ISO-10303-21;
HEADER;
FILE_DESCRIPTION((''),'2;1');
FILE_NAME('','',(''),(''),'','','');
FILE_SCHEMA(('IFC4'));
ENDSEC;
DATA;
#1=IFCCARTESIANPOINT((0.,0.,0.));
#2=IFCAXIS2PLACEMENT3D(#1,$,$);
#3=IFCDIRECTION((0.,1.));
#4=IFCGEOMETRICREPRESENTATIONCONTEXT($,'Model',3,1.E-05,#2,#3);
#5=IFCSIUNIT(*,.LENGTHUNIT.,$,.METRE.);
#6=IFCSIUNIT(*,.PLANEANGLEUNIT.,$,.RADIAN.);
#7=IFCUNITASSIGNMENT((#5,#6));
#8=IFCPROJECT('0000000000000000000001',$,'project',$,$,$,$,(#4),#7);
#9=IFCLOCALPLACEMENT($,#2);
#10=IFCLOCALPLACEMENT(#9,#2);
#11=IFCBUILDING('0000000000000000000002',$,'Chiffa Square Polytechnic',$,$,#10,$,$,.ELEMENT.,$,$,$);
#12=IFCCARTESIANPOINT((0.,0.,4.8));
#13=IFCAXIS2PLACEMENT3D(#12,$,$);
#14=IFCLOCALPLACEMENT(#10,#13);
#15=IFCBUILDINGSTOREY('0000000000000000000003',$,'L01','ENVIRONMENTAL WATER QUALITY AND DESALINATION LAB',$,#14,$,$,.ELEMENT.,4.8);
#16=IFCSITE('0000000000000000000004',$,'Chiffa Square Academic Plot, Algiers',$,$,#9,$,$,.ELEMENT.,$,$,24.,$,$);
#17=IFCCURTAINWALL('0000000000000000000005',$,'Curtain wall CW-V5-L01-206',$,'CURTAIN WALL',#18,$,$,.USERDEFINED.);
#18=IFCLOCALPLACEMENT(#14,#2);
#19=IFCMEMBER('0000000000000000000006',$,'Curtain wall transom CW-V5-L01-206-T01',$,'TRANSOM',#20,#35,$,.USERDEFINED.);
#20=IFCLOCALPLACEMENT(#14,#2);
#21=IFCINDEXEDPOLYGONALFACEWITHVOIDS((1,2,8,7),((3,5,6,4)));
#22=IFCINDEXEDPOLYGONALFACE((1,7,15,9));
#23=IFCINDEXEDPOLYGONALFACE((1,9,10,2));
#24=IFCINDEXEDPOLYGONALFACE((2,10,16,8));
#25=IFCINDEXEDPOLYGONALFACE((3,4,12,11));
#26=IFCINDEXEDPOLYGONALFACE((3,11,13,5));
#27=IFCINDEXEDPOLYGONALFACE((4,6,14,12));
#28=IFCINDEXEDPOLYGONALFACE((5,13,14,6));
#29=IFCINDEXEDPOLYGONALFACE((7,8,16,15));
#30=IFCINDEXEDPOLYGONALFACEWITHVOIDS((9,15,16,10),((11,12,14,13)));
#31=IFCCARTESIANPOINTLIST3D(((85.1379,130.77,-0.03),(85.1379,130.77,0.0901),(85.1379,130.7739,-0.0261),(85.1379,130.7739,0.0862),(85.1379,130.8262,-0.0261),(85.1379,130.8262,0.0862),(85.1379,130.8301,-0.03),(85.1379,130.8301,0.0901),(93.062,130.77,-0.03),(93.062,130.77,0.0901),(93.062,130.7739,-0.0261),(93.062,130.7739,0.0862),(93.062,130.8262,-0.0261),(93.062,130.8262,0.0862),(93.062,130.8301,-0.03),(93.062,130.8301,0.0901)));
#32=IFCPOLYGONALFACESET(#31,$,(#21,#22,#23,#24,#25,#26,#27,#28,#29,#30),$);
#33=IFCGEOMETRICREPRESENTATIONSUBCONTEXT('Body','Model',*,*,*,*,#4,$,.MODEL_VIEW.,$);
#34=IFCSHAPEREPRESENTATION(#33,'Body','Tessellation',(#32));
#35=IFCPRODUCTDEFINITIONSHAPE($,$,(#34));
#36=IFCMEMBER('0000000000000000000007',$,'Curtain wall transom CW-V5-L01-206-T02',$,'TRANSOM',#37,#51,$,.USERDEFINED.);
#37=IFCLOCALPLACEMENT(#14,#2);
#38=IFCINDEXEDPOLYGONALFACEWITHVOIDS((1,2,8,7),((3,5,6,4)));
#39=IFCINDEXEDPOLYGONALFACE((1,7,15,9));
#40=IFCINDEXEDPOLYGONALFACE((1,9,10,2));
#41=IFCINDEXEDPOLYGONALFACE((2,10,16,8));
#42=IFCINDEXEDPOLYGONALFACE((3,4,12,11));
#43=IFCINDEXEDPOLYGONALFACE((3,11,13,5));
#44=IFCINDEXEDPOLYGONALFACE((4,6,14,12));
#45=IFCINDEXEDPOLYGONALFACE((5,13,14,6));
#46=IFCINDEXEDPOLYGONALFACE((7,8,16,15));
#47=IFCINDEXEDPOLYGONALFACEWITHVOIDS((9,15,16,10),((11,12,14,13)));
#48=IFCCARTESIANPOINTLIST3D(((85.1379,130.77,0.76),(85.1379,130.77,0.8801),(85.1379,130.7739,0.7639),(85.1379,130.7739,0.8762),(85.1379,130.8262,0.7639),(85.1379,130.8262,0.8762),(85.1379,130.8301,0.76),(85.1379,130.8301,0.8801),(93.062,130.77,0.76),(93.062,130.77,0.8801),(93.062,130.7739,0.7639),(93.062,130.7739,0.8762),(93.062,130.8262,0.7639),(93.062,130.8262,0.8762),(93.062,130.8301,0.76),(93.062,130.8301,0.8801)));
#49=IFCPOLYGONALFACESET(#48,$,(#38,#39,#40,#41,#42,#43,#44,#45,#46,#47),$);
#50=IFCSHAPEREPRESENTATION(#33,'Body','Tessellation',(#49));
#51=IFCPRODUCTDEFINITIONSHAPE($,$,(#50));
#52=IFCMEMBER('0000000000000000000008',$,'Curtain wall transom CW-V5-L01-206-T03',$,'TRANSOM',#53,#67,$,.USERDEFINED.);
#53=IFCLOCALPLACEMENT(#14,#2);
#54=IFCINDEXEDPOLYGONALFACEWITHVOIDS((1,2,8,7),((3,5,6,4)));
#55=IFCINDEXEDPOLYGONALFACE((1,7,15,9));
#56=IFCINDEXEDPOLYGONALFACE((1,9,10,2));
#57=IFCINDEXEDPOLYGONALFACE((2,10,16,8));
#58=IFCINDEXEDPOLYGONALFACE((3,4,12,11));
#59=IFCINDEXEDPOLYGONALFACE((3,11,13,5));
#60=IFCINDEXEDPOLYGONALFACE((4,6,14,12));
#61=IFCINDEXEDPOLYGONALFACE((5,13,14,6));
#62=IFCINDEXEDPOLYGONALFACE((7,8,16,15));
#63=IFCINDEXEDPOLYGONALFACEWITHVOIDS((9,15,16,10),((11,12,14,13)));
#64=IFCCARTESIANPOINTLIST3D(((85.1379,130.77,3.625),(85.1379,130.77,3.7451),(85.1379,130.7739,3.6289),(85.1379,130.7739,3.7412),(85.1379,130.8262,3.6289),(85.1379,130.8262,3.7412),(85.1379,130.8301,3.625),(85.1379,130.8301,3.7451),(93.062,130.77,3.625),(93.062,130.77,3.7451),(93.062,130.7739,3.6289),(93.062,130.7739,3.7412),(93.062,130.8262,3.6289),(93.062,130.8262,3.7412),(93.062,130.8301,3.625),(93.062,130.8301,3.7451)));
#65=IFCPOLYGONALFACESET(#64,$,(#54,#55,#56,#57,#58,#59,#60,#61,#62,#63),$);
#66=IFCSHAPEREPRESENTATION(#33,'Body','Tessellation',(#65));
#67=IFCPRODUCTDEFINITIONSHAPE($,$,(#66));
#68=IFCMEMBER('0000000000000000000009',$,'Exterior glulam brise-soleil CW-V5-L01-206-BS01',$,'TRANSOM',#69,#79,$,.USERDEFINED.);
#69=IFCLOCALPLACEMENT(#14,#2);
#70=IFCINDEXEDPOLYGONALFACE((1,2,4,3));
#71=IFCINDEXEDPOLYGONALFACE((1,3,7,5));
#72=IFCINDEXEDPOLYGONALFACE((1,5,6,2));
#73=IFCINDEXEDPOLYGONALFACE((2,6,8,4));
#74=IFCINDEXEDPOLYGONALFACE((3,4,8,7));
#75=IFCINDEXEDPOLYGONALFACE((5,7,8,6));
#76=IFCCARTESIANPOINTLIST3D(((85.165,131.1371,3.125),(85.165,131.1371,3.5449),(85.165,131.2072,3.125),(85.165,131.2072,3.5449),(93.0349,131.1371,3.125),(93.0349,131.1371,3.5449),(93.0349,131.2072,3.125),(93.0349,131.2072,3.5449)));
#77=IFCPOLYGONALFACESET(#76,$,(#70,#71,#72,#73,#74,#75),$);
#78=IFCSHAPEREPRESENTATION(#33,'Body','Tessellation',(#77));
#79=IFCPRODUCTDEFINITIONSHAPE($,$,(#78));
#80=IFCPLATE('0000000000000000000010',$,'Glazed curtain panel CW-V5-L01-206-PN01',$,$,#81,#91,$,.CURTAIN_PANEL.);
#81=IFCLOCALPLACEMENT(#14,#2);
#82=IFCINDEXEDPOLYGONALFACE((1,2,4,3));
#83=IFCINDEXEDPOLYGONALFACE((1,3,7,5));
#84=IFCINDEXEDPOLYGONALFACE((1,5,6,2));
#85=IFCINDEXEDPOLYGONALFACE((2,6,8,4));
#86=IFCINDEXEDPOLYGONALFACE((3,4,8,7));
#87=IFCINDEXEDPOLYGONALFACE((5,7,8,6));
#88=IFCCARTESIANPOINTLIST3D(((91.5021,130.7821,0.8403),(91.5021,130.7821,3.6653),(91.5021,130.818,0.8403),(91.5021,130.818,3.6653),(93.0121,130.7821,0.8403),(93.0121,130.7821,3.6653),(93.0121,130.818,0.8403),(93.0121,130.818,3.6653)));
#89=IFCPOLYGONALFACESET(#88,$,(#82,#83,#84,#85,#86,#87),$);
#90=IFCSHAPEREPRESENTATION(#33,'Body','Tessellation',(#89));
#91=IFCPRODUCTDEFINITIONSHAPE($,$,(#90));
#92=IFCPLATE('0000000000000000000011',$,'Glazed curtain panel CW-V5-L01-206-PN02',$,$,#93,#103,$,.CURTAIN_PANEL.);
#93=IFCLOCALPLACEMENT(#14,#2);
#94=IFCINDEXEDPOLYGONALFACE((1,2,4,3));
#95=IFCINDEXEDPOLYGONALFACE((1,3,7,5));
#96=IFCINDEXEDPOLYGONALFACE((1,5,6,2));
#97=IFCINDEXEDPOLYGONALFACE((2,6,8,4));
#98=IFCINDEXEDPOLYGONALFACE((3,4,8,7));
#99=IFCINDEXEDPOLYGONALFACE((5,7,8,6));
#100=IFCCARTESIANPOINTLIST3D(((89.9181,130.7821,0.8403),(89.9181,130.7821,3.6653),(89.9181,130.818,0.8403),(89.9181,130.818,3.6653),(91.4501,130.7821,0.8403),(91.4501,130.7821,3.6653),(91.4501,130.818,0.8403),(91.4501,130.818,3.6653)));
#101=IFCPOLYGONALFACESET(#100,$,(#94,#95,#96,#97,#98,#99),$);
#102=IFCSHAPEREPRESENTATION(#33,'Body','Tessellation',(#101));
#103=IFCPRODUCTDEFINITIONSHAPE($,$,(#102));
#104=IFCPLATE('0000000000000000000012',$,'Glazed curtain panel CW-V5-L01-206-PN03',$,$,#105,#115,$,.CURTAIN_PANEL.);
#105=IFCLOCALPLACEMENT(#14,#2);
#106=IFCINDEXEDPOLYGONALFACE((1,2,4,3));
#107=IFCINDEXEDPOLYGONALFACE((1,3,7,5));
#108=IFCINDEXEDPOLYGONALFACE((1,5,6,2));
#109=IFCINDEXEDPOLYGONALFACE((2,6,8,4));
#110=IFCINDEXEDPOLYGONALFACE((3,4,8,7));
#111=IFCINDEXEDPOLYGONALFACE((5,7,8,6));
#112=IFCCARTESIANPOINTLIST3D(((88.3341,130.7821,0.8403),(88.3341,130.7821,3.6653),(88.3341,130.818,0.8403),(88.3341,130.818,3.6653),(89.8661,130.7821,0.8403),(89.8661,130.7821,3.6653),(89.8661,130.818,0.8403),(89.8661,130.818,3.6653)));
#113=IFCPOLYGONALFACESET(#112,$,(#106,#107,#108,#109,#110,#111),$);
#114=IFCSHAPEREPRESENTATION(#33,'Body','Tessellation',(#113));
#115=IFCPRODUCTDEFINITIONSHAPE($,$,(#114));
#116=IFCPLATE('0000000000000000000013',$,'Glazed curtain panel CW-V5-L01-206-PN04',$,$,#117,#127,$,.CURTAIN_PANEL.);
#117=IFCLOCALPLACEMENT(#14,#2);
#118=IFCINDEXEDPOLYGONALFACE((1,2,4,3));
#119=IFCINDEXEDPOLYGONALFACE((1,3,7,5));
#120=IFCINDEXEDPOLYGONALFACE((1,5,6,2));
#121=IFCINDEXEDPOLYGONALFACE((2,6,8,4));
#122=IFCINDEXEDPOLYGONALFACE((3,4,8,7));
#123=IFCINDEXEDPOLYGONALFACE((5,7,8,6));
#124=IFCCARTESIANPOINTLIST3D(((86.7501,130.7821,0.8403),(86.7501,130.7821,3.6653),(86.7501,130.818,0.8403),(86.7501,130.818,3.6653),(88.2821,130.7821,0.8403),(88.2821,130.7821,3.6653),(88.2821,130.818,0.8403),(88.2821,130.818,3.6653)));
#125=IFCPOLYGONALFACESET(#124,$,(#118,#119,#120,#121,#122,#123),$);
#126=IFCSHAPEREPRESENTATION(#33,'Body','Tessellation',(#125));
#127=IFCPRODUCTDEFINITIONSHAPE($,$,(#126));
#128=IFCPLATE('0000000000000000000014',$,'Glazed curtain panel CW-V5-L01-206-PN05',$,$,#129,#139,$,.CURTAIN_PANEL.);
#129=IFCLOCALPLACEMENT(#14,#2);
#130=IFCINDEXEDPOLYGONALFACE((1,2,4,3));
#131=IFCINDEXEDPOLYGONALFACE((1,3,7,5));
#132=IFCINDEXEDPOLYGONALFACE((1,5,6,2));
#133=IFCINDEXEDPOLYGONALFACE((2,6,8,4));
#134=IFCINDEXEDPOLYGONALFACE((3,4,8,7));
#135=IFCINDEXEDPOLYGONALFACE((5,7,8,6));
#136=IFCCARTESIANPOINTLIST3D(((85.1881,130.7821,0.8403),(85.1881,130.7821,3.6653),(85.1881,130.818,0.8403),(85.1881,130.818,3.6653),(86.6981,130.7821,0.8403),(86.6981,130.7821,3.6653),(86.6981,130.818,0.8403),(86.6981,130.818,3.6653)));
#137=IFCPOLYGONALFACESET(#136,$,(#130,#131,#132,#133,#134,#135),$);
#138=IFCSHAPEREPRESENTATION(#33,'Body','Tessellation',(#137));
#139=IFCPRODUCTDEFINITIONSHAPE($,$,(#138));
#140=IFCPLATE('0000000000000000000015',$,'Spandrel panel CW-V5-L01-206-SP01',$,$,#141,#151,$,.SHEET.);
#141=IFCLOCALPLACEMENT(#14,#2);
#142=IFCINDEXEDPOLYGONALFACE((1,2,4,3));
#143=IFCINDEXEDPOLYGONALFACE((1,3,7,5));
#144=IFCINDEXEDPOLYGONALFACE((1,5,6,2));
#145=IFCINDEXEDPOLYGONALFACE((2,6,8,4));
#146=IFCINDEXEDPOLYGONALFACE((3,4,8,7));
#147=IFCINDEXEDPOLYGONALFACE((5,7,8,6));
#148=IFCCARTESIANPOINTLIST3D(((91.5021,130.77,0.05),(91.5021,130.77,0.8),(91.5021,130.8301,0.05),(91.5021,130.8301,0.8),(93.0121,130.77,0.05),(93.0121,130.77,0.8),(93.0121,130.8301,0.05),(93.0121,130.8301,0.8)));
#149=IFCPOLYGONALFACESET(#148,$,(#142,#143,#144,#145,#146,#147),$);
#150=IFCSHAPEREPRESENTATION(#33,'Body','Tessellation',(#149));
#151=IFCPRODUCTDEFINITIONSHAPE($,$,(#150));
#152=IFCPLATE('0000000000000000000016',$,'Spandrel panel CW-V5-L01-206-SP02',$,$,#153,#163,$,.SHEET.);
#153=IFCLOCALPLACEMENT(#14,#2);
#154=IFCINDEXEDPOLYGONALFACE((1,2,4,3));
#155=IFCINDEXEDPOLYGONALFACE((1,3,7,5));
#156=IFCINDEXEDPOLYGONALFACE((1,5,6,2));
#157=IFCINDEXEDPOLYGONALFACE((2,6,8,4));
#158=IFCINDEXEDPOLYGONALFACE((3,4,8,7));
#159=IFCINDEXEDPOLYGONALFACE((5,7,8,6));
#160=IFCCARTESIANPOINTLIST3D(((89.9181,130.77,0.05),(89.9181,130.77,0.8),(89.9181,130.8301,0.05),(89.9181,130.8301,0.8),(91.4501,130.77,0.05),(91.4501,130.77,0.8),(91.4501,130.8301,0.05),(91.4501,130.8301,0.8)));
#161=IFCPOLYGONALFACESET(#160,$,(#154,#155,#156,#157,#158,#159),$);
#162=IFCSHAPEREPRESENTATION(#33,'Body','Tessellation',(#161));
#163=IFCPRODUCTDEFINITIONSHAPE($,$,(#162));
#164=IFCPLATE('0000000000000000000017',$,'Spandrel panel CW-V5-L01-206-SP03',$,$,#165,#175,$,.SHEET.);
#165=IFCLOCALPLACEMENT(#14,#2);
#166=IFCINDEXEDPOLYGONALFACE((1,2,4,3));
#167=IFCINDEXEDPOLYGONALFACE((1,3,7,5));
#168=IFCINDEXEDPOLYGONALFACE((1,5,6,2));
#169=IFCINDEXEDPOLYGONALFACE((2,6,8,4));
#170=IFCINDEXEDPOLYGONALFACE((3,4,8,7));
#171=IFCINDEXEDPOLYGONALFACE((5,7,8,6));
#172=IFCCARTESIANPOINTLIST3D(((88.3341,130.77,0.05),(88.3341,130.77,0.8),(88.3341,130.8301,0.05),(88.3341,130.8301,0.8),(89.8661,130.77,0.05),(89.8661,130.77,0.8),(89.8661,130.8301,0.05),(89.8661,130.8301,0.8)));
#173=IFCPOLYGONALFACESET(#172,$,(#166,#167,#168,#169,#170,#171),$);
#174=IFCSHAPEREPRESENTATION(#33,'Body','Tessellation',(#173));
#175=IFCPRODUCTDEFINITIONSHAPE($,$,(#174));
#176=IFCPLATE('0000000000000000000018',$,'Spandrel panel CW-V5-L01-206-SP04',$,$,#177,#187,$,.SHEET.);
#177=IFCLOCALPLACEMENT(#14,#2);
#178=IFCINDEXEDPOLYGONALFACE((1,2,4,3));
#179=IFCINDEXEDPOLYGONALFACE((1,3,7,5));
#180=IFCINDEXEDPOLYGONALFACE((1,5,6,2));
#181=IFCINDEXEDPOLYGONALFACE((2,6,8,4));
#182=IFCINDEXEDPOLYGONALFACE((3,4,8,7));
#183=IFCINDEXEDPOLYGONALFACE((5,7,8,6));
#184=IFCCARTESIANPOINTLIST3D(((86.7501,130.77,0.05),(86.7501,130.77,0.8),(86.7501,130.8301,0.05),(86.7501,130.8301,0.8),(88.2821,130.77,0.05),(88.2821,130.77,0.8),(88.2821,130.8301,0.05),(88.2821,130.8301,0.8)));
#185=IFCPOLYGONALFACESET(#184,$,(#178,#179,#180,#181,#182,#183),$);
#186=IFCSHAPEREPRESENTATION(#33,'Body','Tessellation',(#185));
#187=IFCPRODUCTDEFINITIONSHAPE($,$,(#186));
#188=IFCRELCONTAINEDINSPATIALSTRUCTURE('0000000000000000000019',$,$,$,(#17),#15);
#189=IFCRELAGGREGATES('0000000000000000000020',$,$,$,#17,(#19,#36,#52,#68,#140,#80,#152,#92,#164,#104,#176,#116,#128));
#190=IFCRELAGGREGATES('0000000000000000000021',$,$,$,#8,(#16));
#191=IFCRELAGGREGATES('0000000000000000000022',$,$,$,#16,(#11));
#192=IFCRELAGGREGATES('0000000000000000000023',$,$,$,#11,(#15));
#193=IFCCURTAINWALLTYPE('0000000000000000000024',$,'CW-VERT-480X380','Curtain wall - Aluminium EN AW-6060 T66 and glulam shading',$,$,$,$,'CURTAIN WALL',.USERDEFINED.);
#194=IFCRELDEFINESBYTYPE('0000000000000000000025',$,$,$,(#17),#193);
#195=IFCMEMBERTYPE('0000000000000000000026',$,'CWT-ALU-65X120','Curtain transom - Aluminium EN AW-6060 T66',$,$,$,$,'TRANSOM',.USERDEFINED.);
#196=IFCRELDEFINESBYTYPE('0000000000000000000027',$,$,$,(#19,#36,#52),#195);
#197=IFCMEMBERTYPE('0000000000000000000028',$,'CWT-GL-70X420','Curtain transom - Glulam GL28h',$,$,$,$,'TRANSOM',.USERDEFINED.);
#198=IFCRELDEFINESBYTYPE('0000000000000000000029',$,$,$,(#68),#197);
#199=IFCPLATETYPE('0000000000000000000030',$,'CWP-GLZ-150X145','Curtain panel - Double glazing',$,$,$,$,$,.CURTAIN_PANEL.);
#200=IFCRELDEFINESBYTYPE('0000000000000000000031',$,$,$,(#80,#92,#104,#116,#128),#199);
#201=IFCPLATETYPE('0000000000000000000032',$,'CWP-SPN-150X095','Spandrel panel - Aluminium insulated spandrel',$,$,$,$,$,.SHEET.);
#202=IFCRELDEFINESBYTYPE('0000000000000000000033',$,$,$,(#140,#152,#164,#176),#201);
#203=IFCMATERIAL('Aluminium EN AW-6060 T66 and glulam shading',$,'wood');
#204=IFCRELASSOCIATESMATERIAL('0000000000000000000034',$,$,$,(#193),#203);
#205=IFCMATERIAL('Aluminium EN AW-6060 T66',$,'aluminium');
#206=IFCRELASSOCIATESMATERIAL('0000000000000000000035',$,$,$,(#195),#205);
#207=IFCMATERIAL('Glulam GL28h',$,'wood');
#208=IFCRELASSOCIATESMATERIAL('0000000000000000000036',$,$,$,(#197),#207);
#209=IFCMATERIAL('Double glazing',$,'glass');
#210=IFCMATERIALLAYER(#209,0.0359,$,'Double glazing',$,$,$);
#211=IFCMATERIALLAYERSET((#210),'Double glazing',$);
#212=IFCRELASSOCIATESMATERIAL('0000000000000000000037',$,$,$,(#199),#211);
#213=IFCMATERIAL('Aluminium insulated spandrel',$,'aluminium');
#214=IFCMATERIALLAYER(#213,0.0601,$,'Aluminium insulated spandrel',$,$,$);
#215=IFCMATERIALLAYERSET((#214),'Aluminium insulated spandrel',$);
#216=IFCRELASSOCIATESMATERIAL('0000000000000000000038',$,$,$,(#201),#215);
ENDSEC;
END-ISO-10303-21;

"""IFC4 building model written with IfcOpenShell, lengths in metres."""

from ifc_helpers import new_model, si_unit, direction, frame, origin, origin_2d, place, context, subcontext, project, spatial, rectangle, hollow_rectangle, extrude, material, layer, layer_set, material_profile, profile_set, type_object, element, aggregate, save


model = new_model("IFC4")

# Units and contexts
model_context = context("Model", 3, precision=1e-05, world=origin(), true_north=direction((0.0, 1.0)))
body_context = subcontext(model_context, "Body", "Model", "MODEL_VIEW")
ifc_project = project(units=[si_unit("LENGTHUNIT", "METRE"), si_unit("PLANEANGLEUNIT", "RADIAN")], contexts=[model_context])

# Site, building, storey
site_placement = place(None, origin())
site = spatial("IfcSite", under=ifc_project, at=site_placement, Name="Chiffa Square Academic Plot, Algiers", CompositionType="ELEMENT", RefElevation=24.0)
building_placement = place(site_placement, origin())
building = spatial("IfcBuilding", under=site, at=building_placement, Name="Chiffa Square Polytechnic", CompositionType="ELEMENT")
storey_placement = place(building_placement, frame((0.0, 0.0, 4.8)))
storey = spatial("IfcBuildingStorey", under=building, at=storey_placement, Name="L01", Description="ENVIRONMENTAL WATER QUALITY AND DESALINATION LAB", CompositionType="ELEMENT", Elevation=4.8)

# Curtain wall, members, plates
ifc_material_1 = material(Name="Aluminium EN AW-6060 T66 and glulam shading", Category="wood")
curtain_wall_type = type_object("IfcCurtainWallType", Name="CW-VERT-480X380", Description="Curtain wall - Aluminium EN AW-6060 T66 and glulam shading", ElementType="CURTAIN WALL", PredefinedType="USERDEFINED", material=ifc_material_1)
curtain_wall_placement = place(storey_placement, origin())
curtain_wall = element("IfcCurtainWall", 1, at=curtain_wall_placement, inside=storey, type_object=curtain_wall_type, Name="Curtain wall CW-V5-L01-206", ObjectType="CURTAIN WALL", PredefinedType="USERDEFINED")
ifc_material_2 = material(Name="Aluminium EN AW-6060 T66", Category="aluminium")
ifc_material_3 = material(Name="Glulam GL28h", Category="wood")
ifc_material_profile_1 = material_profile(ifc_material_2, hollow_rectangle(XDim=0.0601, YDim=0.1201, WallThickness=0.0039, at=origin_2d()), Name="ALU 60x120x4")
ifc_profile_set_1 = profile_set([ifc_material_profile_1], Name="Aluminium EN AW-6060 T66")
member_type_1 = type_object("IfcMemberType", Name="CWT-ALU-65X120", Description="Curtain transom - Aluminium EN AW-6060 T66", ElementType="TRANSOM", PredefinedType="USERDEFINED", material=ifc_profile_set_1)
member_1_placement = place(storey_placement, frame((93.062, 130.8, 0.03), z_axis=(-1.0, 0.0, 0.0), x_axis=(0.0, -1.0, 0.0)))
member_1 = element("IfcMember", 2, at=member_1_placement, type_object=member_type_1, Name="Curtain wall transom CW-V5-L01-206-T01", ObjectType="TRANSOM", PredefinedType="USERDEFINED", context=body_context, shape_type="SweptSolid", body=[
    extrude(hollow_rectangle(XDim=0.0601, YDim=0.1201, WallThickness=0.0039, at=origin_2d()), origin(), (0.0, 0.0, 1.0), 7.9241),
])
member_2_placement = place(storey_placement, frame((93.062, 130.8, 0.8201), z_axis=(-1.0, 0.0, 0.0), x_axis=(0.0, -1.0, 0.0)))
member_2 = element("IfcMember", 3, at=member_2_placement, type_object=member_type_1, Name="Curtain wall transom CW-V5-L01-206-T02", ObjectType="TRANSOM", PredefinedType="USERDEFINED", context=body_context, shape_type="SweptSolid", body=[
    extrude(hollow_rectangle(XDim=0.0601, YDim=0.1201, WallThickness=0.0039, at=origin_2d()), origin(), (0.0, 0.0, 1.0), 7.9241),
])
member_3_placement = place(storey_placement, frame((93.062, 130.8, 3.6851), z_axis=(-1.0, 0.0, 0.0), x_axis=(0.0, -1.0, 0.0)))
member_3 = element("IfcMember", 4, at=member_3_placement, type_object=member_type_1, Name="Curtain wall transom CW-V5-L01-206-T03", ObjectType="TRANSOM", PredefinedType="USERDEFINED", context=body_context, shape_type="SweptSolid", body=[
    extrude(hollow_rectangle(XDim=0.0601, YDim=0.1201, WallThickness=0.0039, at=origin_2d()), origin(), (0.0, 0.0, 1.0), 7.9241),
])
ifc_material_profile_2 = material_profile(ifc_material_3, rectangle(XDim=0.0701, YDim=0.4199, at=origin_2d()), Name="GL28h 70x420")
ifc_profile_set_2 = profile_set([ifc_material_profile_2], Name="Glulam GL28h")
member_type_2 = type_object("IfcMemberType", Name="CWT-GL-70X420", Description="Curtain transom - Glulam GL28h", ElementType="TRANSOM", PredefinedType="USERDEFINED", material=ifc_profile_set_2)
member_4_placement = place(storey_placement, frame((93.0349, 131.1721, 3.335), z_axis=(-1.0, 0.0, 0.0), x_axis=(0.0, -1.0, 0.0)))
member_4 = element("IfcMember", 5, at=member_4_placement, type_object=member_type_2, Name="Exterior glulam brise-soleil CW-V5-L01-206-BS01", ObjectType="TRANSOM", PredefinedType="USERDEFINED", context=body_context, shape_type="SweptSolid", body=[
    extrude(rectangle(XDim=0.0701, YDim=0.4199, at=origin_2d()), origin(), (0.0, 0.0, 1.0), 7.8699),
])
ifc_material_4 = material(Name="Double glazing", Category="glass")
ifc_layer_1 = layer(ifc_material_4, 0.0359, Name="Double glazing")
ifc_layer_set_1 = layer_set([ifc_layer_1], Name="Double glazing")
plate_type_1 = type_object("IfcPlateType", Name="CWP-GLZ-150X145", Description="Curtain panel - Double glazing", PredefinedType="CURTAIN_PANEL", material=ifc_layer_set_1)
plate_1_placement = place(storey_placement, frame((92.2571, 130.8, 0.8403), z_axis=(0.0, 0.0, 1.0), x_axis=(-1.0, 0.0, 0.0)))
plate_1 = element("IfcPlate", 6, at=plate_1_placement, type_object=plate_type_1, Name="Glazed curtain panel CW-V5-L01-206-PN01", PredefinedType="CURTAIN_PANEL", context=body_context, shape_type="SweptSolid", body=[
    extrude(rectangle(XDim=1.51, YDim=0.0359, at=origin_2d()), origin(), (0.0, 0.0, 1.0), 2.825),
])
plate_2_placement = place(storey_placement, frame((90.6841, 130.8, 0.8403), z_axis=(0.0, 0.0, 1.0), x_axis=(-1.0, 0.0, 0.0)))
plate_2 = element("IfcPlate", 7, at=plate_2_placement, type_object=plate_type_1, Name="Glazed curtain panel CW-V5-L01-206-PN02", PredefinedType="CURTAIN_PANEL", context=body_context, shape_type="SweptSolid", body=[
    extrude(rectangle(XDim=1.532, YDim=0.0359, at=origin_2d()), origin(), (0.0, 0.0, 1.0), 2.825),
])
plate_3_placement = place(storey_placement, frame((89.1001, 130.8, 0.8403), z_axis=(0.0, 0.0, 1.0), x_axis=(-1.0, 0.0, 0.0)))
plate_3 = element("IfcPlate", 8, at=plate_3_placement, type_object=plate_type_1, Name="Glazed curtain panel CW-V5-L01-206-PN03", PredefinedType="CURTAIN_PANEL", context=body_context, shape_type="SweptSolid", body=[
    extrude(rectangle(XDim=1.532, YDim=0.0359, at=origin_2d()), origin(), (0.0, 0.0, 1.0), 2.825),
])
plate_4_placement = place(storey_placement, frame((87.5161, 130.8, 0.8403), z_axis=(0.0, 0.0, 1.0), x_axis=(-1.0, 0.0, 0.0)))
plate_4 = element("IfcPlate", 9, at=plate_4_placement, type_object=plate_type_1, Name="Glazed curtain panel CW-V5-L01-206-PN04", PredefinedType="CURTAIN_PANEL", context=body_context, shape_type="SweptSolid", body=[
    extrude(rectangle(XDim=1.532, YDim=0.0359, at=origin_2d()), origin(), (0.0, 0.0, 1.0), 2.825),
])
plate_5_placement = place(storey_placement, frame((85.9431, 130.8, 0.8403), z_axis=(0.0, 0.0, 1.0), x_axis=(-1.0, 0.0, 0.0)))
plate_5 = element("IfcPlate", 10, at=plate_5_placement, type_object=plate_type_1, Name="Glazed curtain panel CW-V5-L01-206-PN05", PredefinedType="CURTAIN_PANEL", context=body_context, shape_type="SweptSolid", body=[
    extrude(rectangle(XDim=1.51, YDim=0.0359, at=origin_2d()), origin(), (0.0, 0.0, 1.0), 2.825),
])
ifc_material_5 = material(Name="Aluminium insulated spandrel", Category="aluminium")
ifc_layer_2 = layer(ifc_material_5, 0.0601, Name="Aluminium insulated spandrel")
ifc_layer_set_2 = layer_set([ifc_layer_2], Name="Aluminium insulated spandrel")
plate_type_2 = type_object("IfcPlateType", Name="CWP-SPN-150X095", Description="Spandrel panel - Aluminium insulated spandrel", PredefinedType="SHEET", material=ifc_layer_set_2)
plate_6_placement = place(storey_placement, frame((92.2571, 130.8, 0.05), z_axis=(0.0, 0.0, 1.0), x_axis=(-1.0, 0.0, 0.0)))
plate_6 = element("IfcPlate", 11, at=plate_6_placement, type_object=plate_type_2, Name="Spandrel panel CW-V5-L01-206-SP01", PredefinedType="SHEET", context=body_context, shape_type="SweptSolid", body=[
    extrude(rectangle(XDim=1.51, YDim=0.0601, at=origin_2d()), origin(), (0.0, 0.0, 1.0), 0.75),
])
plate_7_placement = place(storey_placement, frame((90.6841, 130.8, 0.05), z_axis=(0.0, 0.0, 1.0), x_axis=(-1.0, 0.0, 0.0)))
plate_7 = element("IfcPlate", 12, at=plate_7_placement, type_object=plate_type_2, Name="Spandrel panel CW-V5-L01-206-SP02", PredefinedType="SHEET", context=body_context, shape_type="SweptSolid", body=[
    extrude(rectangle(XDim=1.532, YDim=0.0601, at=origin_2d()), origin(), (0.0, 0.0, 1.0), 0.75),
])
plate_8_placement = place(storey_placement, frame((89.1001, 130.8, 0.05), z_axis=(0.0, 0.0, 1.0), x_axis=(-1.0, 0.0, 0.0)))
plate_8 = element("IfcPlate", 13, at=plate_8_placement, type_object=plate_type_2, Name="Spandrel panel CW-V5-L01-206-SP03", PredefinedType="SHEET", context=body_context, shape_type="SweptSolid", body=[
    extrude(rectangle(XDim=1.532, YDim=0.0601, at=origin_2d()), origin(), (0.0, 0.0, 1.0), 0.75),
])
plate_9_placement = place(storey_placement, frame((87.5161, 130.8, 0.05), z_axis=(0.0, 0.0, 1.0), x_axis=(-1.0, 0.0, 0.0)))
plate_9 = element("IfcPlate", 14, at=plate_9_placement, type_object=plate_type_2, Name="Spandrel panel CW-V5-L01-206-SP04", PredefinedType="SHEET", context=body_context, shape_type="SweptSolid", body=[
    extrude(rectangle(XDim=1.532, YDim=0.0601, at=origin_2d()), origin(), (0.0, 0.0, 1.0), 0.75),
])
aggregate(curtain_wall, [member_1, member_2, member_3, member_4, plate_6, plate_1, plate_7, plate_2, plate_8, plate_3, plate_9, plate_4, plate_5])

save(model, "model.ifc")
